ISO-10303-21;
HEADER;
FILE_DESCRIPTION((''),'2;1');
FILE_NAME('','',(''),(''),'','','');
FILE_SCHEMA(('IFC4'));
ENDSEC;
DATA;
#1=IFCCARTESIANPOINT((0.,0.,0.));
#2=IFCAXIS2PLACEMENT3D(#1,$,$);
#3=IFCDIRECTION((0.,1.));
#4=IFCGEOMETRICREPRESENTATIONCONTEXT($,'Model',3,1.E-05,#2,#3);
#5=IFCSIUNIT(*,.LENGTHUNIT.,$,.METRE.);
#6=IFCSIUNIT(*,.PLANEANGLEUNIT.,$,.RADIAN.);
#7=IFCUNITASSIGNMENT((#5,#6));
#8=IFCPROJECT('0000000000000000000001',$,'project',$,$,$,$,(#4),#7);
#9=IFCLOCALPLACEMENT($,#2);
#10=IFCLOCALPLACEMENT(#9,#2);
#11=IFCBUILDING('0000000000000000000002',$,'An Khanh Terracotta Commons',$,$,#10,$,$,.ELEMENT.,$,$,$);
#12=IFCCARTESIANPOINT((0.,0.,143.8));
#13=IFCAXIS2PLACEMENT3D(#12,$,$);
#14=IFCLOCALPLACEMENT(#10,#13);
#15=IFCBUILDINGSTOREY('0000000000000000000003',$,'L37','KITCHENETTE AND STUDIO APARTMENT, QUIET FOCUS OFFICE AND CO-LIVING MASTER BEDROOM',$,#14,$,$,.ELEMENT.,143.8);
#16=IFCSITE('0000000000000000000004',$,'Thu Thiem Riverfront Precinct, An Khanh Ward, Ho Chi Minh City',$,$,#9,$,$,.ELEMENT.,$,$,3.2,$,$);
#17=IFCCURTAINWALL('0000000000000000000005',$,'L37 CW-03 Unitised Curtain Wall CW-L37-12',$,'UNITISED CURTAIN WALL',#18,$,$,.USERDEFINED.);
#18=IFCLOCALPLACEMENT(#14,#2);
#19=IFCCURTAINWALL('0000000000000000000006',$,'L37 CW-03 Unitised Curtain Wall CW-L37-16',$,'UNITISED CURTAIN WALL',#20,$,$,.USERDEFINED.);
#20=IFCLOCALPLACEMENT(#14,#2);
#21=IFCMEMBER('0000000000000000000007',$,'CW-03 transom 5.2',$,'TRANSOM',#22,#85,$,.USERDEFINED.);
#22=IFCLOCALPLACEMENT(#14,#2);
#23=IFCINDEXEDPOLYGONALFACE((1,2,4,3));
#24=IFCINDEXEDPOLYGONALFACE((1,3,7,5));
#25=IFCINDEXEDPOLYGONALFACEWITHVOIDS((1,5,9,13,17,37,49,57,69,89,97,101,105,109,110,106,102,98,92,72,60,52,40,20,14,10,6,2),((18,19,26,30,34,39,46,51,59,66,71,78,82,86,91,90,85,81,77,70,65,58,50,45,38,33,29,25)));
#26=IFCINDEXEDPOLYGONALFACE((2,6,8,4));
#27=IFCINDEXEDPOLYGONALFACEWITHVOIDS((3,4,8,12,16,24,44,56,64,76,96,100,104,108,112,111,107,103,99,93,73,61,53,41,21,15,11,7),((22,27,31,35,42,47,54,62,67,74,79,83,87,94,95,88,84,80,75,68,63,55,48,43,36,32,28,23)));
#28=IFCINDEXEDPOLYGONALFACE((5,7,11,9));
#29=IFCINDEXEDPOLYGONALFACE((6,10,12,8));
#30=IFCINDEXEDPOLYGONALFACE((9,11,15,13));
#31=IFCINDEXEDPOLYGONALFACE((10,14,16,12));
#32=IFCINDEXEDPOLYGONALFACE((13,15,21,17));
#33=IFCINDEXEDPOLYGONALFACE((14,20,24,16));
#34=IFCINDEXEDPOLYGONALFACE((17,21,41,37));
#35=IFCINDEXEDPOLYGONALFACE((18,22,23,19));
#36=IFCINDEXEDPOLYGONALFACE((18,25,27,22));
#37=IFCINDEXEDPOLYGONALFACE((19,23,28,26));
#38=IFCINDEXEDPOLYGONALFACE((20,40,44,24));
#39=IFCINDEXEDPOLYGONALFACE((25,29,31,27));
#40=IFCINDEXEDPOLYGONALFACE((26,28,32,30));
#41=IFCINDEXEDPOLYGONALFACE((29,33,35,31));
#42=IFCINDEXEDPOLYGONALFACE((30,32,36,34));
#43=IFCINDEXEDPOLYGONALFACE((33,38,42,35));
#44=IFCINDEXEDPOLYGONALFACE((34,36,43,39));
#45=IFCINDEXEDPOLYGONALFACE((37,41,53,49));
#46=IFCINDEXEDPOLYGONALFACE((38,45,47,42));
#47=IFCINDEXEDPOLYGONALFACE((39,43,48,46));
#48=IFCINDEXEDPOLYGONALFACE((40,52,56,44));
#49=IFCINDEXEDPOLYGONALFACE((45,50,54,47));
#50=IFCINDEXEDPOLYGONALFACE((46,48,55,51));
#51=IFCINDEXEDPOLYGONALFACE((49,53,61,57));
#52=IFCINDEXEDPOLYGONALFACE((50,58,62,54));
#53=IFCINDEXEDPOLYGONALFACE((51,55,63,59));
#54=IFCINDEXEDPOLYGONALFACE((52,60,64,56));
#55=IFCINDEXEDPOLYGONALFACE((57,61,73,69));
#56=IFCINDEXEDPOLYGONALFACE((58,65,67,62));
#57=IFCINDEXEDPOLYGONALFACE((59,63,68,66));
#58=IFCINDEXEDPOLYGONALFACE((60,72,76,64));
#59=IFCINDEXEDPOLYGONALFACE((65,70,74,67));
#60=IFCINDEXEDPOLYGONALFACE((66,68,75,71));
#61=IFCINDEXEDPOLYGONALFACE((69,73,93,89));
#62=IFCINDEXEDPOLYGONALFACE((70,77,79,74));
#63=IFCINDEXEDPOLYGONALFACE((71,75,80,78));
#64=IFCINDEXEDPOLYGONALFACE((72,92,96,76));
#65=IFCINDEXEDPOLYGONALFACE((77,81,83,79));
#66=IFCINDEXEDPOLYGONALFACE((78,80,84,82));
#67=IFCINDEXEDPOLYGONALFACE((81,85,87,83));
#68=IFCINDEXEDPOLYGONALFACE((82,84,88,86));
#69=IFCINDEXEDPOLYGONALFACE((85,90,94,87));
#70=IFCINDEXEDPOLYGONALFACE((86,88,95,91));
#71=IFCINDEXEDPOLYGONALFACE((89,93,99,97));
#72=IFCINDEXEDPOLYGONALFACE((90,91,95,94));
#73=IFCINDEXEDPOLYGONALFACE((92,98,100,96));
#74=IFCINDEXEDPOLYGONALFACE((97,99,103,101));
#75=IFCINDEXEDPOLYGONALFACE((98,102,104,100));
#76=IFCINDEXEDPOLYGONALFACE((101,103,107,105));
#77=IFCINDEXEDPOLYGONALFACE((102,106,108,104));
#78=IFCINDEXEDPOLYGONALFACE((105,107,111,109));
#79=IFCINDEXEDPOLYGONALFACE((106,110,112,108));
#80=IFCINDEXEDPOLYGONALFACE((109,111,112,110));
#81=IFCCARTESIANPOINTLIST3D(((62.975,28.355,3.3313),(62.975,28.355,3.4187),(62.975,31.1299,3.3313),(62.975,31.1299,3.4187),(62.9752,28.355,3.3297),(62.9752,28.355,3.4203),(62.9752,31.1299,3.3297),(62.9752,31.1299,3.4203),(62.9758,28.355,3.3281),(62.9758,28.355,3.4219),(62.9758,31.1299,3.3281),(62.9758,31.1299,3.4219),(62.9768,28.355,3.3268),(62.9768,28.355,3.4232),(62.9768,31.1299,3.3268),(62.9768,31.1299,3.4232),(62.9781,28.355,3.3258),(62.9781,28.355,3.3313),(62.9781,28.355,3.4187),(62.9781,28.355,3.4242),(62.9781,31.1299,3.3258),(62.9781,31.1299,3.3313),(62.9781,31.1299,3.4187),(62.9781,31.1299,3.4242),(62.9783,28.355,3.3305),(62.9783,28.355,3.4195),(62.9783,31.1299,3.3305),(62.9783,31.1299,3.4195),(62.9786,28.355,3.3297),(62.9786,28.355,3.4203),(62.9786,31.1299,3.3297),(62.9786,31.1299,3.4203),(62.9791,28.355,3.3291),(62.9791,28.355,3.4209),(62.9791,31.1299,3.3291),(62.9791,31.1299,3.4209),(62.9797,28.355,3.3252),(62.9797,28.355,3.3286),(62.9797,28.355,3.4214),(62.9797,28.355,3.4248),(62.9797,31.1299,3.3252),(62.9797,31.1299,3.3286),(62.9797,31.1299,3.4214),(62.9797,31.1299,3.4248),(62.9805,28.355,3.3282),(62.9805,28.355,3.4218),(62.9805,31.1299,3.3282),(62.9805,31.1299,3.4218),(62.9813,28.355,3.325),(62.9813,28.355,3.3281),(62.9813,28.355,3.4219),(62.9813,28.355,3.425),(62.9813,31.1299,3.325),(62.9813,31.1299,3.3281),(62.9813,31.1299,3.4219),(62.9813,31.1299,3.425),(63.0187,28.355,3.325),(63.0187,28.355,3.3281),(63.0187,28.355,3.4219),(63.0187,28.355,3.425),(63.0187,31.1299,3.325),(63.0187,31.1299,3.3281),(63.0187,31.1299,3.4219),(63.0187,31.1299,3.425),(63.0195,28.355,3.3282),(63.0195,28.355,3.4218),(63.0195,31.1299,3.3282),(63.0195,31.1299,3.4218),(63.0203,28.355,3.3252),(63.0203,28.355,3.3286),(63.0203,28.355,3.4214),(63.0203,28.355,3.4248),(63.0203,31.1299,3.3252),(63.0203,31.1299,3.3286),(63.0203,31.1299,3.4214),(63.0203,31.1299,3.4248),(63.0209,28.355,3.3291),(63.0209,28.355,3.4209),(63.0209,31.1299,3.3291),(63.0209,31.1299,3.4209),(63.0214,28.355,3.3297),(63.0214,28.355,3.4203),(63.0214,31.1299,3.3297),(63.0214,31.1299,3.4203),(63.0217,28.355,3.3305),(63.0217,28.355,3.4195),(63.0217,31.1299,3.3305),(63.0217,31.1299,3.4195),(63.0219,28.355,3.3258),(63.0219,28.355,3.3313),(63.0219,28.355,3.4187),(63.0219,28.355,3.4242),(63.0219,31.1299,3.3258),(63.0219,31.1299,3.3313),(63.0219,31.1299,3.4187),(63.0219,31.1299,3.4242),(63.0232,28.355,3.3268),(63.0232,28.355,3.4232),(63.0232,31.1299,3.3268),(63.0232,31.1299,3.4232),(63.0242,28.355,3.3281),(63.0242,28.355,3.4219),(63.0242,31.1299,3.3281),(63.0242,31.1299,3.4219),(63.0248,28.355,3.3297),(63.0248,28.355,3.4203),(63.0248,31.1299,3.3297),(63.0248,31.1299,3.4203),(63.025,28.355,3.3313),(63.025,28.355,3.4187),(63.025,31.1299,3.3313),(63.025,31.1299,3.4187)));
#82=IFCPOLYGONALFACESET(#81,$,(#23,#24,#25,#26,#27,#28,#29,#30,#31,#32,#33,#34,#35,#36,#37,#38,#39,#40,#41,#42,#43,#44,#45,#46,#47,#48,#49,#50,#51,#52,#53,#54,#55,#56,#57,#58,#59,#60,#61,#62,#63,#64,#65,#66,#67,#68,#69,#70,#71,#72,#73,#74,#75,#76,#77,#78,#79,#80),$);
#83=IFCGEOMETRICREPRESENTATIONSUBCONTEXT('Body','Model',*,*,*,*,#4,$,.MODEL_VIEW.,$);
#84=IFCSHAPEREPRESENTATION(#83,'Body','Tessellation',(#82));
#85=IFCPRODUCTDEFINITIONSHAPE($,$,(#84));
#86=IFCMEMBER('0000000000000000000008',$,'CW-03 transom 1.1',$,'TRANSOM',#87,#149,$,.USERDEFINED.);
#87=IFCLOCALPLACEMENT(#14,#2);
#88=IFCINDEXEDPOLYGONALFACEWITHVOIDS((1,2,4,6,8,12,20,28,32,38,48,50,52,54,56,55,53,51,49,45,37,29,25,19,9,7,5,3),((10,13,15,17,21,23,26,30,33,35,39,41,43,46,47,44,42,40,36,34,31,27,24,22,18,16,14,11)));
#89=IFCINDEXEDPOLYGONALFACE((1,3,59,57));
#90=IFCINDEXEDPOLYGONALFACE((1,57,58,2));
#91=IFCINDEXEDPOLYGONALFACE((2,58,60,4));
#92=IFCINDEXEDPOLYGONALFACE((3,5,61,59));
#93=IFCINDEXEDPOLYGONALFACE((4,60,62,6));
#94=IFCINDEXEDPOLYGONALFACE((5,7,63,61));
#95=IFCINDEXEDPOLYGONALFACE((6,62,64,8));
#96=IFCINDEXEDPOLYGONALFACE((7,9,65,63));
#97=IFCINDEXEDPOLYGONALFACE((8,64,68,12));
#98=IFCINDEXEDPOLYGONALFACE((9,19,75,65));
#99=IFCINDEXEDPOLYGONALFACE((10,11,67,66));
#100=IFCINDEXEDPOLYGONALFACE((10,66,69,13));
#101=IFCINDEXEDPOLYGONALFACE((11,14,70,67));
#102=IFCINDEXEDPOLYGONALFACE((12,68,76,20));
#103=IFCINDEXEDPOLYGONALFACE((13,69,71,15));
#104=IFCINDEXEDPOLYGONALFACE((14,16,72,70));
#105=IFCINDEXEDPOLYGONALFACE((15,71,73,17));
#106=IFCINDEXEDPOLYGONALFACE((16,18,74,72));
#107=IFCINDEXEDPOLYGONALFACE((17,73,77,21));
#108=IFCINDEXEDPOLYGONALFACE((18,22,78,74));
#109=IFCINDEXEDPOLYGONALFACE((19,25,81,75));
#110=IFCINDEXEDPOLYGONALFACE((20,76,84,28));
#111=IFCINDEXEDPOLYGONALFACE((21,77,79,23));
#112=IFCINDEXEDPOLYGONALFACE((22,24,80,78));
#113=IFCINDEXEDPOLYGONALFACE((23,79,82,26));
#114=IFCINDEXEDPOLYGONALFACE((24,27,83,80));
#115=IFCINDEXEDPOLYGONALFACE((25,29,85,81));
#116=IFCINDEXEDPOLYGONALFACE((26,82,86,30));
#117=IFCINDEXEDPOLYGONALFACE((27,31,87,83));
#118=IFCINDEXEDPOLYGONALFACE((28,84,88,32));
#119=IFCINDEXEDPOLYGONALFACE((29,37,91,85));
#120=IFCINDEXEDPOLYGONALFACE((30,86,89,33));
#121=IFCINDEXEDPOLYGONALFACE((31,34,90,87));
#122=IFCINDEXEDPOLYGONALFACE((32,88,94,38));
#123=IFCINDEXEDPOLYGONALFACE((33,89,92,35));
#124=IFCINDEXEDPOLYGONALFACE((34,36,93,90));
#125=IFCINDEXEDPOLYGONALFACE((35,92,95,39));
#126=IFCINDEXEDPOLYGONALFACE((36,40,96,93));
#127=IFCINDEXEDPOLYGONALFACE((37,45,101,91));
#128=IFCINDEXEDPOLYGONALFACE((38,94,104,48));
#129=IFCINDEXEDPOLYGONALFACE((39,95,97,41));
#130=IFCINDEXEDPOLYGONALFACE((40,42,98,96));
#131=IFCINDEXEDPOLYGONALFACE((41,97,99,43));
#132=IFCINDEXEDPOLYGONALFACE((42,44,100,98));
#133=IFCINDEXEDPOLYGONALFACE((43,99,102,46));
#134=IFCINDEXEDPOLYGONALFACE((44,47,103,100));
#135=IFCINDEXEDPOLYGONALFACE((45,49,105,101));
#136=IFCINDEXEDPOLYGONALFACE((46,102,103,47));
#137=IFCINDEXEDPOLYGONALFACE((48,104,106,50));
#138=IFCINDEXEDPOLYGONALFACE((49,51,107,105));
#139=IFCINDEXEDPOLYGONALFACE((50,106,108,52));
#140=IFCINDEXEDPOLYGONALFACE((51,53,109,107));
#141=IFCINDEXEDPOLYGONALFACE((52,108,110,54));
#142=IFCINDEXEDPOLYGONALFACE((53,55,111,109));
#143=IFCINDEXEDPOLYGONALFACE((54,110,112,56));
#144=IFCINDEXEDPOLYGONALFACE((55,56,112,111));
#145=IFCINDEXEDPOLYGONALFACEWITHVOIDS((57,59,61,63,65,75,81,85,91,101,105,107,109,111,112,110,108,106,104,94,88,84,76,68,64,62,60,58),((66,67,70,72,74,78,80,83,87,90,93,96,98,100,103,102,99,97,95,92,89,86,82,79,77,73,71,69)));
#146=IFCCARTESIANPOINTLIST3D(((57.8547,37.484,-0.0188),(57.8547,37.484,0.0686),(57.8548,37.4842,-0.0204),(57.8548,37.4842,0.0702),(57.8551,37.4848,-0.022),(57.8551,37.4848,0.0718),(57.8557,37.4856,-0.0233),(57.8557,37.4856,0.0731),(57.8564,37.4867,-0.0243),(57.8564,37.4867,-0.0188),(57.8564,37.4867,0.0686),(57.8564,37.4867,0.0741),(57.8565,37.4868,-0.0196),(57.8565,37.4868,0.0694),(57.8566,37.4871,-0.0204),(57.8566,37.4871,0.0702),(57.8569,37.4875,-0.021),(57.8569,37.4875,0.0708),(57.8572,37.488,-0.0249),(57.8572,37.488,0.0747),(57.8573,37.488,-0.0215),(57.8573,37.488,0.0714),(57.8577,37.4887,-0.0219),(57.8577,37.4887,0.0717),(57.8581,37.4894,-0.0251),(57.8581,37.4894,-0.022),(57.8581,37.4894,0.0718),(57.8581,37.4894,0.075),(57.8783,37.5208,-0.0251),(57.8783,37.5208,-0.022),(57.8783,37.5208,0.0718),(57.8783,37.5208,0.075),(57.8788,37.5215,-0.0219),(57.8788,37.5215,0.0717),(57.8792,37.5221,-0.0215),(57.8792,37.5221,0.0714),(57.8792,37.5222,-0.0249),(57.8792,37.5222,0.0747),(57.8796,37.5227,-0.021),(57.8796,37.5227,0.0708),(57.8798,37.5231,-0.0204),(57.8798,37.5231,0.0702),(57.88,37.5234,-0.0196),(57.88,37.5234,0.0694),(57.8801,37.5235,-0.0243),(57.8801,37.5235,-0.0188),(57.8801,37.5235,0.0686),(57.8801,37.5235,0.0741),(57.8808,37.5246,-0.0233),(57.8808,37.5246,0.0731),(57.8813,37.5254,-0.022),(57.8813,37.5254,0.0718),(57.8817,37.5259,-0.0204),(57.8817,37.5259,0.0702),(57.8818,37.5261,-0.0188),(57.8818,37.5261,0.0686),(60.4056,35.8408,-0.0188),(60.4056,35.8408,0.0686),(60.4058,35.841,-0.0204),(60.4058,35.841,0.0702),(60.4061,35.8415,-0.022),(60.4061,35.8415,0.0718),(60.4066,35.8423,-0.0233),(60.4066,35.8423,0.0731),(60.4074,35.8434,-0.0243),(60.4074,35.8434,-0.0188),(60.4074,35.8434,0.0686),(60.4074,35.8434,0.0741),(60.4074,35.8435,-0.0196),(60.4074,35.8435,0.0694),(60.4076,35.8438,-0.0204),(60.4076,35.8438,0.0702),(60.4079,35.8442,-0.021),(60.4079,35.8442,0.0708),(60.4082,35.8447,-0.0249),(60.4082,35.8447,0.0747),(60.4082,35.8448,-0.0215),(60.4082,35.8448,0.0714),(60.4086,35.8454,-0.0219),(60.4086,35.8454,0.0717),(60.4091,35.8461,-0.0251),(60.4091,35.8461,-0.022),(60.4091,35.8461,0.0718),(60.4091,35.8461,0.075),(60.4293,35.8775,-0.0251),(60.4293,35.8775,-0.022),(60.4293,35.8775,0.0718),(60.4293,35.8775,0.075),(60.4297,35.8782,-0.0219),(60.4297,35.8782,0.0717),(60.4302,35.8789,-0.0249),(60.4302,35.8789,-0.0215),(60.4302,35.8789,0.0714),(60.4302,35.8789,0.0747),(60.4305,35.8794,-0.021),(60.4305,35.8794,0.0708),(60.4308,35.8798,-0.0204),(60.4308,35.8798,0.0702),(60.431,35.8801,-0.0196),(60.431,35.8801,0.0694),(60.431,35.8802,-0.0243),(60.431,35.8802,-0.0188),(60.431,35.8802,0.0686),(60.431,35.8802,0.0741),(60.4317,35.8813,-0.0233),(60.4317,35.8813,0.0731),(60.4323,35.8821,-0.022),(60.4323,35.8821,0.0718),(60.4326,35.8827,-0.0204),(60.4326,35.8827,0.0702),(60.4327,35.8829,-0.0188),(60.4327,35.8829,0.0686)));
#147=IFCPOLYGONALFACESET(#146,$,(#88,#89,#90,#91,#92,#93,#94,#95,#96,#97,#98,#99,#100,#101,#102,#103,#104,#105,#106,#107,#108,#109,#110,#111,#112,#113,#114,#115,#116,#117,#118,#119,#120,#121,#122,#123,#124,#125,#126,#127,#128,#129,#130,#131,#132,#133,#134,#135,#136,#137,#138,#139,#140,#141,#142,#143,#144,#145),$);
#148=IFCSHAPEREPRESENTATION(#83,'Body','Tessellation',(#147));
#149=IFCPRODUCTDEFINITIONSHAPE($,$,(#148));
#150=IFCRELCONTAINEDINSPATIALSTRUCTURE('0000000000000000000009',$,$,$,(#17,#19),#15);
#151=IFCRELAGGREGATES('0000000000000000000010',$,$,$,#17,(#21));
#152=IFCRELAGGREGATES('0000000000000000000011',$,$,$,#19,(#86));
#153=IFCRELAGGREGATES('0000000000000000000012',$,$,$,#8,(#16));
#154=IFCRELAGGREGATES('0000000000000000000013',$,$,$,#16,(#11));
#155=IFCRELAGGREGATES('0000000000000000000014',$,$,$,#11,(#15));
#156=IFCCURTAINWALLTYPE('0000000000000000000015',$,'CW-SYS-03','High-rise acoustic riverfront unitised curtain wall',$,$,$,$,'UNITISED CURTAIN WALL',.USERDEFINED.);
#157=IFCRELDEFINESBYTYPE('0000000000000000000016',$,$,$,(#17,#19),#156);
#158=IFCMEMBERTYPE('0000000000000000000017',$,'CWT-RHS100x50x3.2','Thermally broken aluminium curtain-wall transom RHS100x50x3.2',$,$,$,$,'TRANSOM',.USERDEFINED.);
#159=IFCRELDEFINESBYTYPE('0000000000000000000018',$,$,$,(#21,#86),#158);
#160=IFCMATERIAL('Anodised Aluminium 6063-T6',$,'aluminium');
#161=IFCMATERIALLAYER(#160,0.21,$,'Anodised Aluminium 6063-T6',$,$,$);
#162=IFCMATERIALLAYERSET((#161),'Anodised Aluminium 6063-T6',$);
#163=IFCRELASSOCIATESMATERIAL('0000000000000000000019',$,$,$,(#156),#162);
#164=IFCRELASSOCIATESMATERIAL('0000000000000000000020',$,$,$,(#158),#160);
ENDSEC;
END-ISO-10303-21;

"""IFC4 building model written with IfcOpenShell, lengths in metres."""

from ifc_helpers import new_model, si_unit, direction, frame, origin, origin_2d, place, context, subcontext, project, spatial, hollow_rectangle, extrude, material, layer, layer_set, material_profile, profile_set, type_object, element, aggregate, save


model = new_model("IFC4")

# Units and contexts
model_context = context("Model", 3, precision=1e-05, world=origin(), true_north=direction((0.0, 1.0)))
body_context = subcontext(model_context, "Body", "Model", "MODEL_VIEW")
ifc_project = project(units=[si_unit("LENGTHUNIT", "METRE"), si_unit("PLANEANGLEUNIT", "RADIAN")], contexts=[model_context])

# Site, building, storey
site_placement = place(None, origin())
site = spatial("IfcSite", under=ifc_project, at=site_placement, Name="Thu Thiem Riverfront Precinct, An Khanh Ward, Ho Chi Minh City", CompositionType="ELEMENT", RefElevation=3.2)
building_placement = place(site_placement, origin())
building = spatial("IfcBuilding", under=site, at=building_placement, Name="An Khanh Terracotta Commons", CompositionType="ELEMENT")
storey_placement = place(building_placement, frame((0.0, 0.0, 143.8)))
storey = spatial("IfcBuildingStorey", under=building, at=storey_placement, Name="L37", Description="KITCHENETTE AND STUDIO APARTMENT, QUIET FOCUS OFFICE AND CO-LIVING MASTER BEDROOM", CompositionType="ELEMENT", Elevation=143.8)

# Curtain walls
ifc_material_1 = material(Name="Anodised Aluminium 6063-T6", Category="aluminium")
ifc_layer_1 = layer(ifc_material_1, 0.21, Name="Anodised Aluminium 6063-T6")
ifc_layer_set_1 = layer_set([ifc_layer_1], Name="Anodised Aluminium 6063-T6")
curtain_wall_type = type_object("IfcCurtainWallType", Name="CW-SYS-03", Description="High-rise acoustic riverfront unitised curtain wall", ElementType="UNITISED CURTAIN WALL", PredefinedType="USERDEFINED", material=ifc_layer_set_1)
curtain_wall_1_placement = place(storey_placement, origin())
curtain_wall_1 = element("IfcCurtainWall", 1, at=curtain_wall_1_placement, inside=storey, type_object=curtain_wall_type, Name="L37 CW-03 Unitised Curtain Wall CW-L37-12", ObjectType="UNITISED CURTAIN WALL", PredefinedType="USERDEFINED")
curtain_wall_2_placement = place(storey_placement, origin())
curtain_wall_2 = element("IfcCurtainWall", 2, at=curtain_wall_2_placement, inside=storey, type_object=curtain_wall_type, Name="L37 CW-03 Unitised Curtain Wall CW-L37-16", ObjectType="UNITISED CURTAIN WALL", PredefinedType="USERDEFINED")

# Members
ifc_material_profile_1 = material_profile(ifc_material_1, hollow_rectangle(XDim=0.05, YDim=0.1001, WallThickness=0.0032, InnerFilletRadius=0.0032, OuterFilletRadius=0.0063, at=origin_2d()), Name="RHS100x50x3.2")
ifc_profile_set_1 = profile_set([ifc_material_profile_1], Name="Anodised Aluminium 6063-T6")
member_type_1 = type_object("IfcMemberType", Name="CWT-RHS100x50x3.2", Description="Thermally broken aluminium curtain-wall transom RHS100x50x3.2", ElementType="TRANSOM", PredefinedType="USERDEFINED", material=ifc_profile_set_1)
member_1_placement = place(storey_placement, frame((63.0, 28.355, 3.375), z_axis=(0.0, 1.0, 0.0), x_axis=(-1.0, 0.0, 0.0)))
member_1 = element("IfcMember", 3, at=member_1_placement, type_object=member_type_1, Name="CW-03 transom 5.2", ObjectType="TRANSOM", PredefinedType="USERDEFINED", context=body_context, shape_type="SweptSolid", body=[
    extrude(hollow_rectangle(XDim=0.05, YDim=0.1001, WallThickness=0.0032, InnerFilletRadius=0.0032, OuterFilletRadius=0.0063, at=origin_2d()), origin(), (0.0, 0.0, 1.0), 2.7749),
])
member_2_placement = place(storey_placement, frame((60.4192, 35.8618, 0.0249), z_axis=(-0.840674, 0.541542, 0.0), x_axis=(-0.541542, -0.840674, 0.0)))
member_2 = element("IfcMember", 4, at=member_2_placement, type_object=member_type_1, Name="CW-03 transom 1.1", ObjectType="TRANSOM", PredefinedType="USERDEFINED", context=body_context, shape_type="SweptSolid", body=[
    extrude(hollow_rectangle(XDim=0.05, YDim=0.1001, WallThickness=0.0032, InnerFilletRadius=0.0032, OuterFilletRadius=0.0063, at=origin_2d()), origin(), (0.0, 0.0, 1.0), 3.0344),
])

aggregate(curtain_wall_1, [member_1])
aggregate(curtain_wall_2, [member_2])

save(model, "model.ifc")
